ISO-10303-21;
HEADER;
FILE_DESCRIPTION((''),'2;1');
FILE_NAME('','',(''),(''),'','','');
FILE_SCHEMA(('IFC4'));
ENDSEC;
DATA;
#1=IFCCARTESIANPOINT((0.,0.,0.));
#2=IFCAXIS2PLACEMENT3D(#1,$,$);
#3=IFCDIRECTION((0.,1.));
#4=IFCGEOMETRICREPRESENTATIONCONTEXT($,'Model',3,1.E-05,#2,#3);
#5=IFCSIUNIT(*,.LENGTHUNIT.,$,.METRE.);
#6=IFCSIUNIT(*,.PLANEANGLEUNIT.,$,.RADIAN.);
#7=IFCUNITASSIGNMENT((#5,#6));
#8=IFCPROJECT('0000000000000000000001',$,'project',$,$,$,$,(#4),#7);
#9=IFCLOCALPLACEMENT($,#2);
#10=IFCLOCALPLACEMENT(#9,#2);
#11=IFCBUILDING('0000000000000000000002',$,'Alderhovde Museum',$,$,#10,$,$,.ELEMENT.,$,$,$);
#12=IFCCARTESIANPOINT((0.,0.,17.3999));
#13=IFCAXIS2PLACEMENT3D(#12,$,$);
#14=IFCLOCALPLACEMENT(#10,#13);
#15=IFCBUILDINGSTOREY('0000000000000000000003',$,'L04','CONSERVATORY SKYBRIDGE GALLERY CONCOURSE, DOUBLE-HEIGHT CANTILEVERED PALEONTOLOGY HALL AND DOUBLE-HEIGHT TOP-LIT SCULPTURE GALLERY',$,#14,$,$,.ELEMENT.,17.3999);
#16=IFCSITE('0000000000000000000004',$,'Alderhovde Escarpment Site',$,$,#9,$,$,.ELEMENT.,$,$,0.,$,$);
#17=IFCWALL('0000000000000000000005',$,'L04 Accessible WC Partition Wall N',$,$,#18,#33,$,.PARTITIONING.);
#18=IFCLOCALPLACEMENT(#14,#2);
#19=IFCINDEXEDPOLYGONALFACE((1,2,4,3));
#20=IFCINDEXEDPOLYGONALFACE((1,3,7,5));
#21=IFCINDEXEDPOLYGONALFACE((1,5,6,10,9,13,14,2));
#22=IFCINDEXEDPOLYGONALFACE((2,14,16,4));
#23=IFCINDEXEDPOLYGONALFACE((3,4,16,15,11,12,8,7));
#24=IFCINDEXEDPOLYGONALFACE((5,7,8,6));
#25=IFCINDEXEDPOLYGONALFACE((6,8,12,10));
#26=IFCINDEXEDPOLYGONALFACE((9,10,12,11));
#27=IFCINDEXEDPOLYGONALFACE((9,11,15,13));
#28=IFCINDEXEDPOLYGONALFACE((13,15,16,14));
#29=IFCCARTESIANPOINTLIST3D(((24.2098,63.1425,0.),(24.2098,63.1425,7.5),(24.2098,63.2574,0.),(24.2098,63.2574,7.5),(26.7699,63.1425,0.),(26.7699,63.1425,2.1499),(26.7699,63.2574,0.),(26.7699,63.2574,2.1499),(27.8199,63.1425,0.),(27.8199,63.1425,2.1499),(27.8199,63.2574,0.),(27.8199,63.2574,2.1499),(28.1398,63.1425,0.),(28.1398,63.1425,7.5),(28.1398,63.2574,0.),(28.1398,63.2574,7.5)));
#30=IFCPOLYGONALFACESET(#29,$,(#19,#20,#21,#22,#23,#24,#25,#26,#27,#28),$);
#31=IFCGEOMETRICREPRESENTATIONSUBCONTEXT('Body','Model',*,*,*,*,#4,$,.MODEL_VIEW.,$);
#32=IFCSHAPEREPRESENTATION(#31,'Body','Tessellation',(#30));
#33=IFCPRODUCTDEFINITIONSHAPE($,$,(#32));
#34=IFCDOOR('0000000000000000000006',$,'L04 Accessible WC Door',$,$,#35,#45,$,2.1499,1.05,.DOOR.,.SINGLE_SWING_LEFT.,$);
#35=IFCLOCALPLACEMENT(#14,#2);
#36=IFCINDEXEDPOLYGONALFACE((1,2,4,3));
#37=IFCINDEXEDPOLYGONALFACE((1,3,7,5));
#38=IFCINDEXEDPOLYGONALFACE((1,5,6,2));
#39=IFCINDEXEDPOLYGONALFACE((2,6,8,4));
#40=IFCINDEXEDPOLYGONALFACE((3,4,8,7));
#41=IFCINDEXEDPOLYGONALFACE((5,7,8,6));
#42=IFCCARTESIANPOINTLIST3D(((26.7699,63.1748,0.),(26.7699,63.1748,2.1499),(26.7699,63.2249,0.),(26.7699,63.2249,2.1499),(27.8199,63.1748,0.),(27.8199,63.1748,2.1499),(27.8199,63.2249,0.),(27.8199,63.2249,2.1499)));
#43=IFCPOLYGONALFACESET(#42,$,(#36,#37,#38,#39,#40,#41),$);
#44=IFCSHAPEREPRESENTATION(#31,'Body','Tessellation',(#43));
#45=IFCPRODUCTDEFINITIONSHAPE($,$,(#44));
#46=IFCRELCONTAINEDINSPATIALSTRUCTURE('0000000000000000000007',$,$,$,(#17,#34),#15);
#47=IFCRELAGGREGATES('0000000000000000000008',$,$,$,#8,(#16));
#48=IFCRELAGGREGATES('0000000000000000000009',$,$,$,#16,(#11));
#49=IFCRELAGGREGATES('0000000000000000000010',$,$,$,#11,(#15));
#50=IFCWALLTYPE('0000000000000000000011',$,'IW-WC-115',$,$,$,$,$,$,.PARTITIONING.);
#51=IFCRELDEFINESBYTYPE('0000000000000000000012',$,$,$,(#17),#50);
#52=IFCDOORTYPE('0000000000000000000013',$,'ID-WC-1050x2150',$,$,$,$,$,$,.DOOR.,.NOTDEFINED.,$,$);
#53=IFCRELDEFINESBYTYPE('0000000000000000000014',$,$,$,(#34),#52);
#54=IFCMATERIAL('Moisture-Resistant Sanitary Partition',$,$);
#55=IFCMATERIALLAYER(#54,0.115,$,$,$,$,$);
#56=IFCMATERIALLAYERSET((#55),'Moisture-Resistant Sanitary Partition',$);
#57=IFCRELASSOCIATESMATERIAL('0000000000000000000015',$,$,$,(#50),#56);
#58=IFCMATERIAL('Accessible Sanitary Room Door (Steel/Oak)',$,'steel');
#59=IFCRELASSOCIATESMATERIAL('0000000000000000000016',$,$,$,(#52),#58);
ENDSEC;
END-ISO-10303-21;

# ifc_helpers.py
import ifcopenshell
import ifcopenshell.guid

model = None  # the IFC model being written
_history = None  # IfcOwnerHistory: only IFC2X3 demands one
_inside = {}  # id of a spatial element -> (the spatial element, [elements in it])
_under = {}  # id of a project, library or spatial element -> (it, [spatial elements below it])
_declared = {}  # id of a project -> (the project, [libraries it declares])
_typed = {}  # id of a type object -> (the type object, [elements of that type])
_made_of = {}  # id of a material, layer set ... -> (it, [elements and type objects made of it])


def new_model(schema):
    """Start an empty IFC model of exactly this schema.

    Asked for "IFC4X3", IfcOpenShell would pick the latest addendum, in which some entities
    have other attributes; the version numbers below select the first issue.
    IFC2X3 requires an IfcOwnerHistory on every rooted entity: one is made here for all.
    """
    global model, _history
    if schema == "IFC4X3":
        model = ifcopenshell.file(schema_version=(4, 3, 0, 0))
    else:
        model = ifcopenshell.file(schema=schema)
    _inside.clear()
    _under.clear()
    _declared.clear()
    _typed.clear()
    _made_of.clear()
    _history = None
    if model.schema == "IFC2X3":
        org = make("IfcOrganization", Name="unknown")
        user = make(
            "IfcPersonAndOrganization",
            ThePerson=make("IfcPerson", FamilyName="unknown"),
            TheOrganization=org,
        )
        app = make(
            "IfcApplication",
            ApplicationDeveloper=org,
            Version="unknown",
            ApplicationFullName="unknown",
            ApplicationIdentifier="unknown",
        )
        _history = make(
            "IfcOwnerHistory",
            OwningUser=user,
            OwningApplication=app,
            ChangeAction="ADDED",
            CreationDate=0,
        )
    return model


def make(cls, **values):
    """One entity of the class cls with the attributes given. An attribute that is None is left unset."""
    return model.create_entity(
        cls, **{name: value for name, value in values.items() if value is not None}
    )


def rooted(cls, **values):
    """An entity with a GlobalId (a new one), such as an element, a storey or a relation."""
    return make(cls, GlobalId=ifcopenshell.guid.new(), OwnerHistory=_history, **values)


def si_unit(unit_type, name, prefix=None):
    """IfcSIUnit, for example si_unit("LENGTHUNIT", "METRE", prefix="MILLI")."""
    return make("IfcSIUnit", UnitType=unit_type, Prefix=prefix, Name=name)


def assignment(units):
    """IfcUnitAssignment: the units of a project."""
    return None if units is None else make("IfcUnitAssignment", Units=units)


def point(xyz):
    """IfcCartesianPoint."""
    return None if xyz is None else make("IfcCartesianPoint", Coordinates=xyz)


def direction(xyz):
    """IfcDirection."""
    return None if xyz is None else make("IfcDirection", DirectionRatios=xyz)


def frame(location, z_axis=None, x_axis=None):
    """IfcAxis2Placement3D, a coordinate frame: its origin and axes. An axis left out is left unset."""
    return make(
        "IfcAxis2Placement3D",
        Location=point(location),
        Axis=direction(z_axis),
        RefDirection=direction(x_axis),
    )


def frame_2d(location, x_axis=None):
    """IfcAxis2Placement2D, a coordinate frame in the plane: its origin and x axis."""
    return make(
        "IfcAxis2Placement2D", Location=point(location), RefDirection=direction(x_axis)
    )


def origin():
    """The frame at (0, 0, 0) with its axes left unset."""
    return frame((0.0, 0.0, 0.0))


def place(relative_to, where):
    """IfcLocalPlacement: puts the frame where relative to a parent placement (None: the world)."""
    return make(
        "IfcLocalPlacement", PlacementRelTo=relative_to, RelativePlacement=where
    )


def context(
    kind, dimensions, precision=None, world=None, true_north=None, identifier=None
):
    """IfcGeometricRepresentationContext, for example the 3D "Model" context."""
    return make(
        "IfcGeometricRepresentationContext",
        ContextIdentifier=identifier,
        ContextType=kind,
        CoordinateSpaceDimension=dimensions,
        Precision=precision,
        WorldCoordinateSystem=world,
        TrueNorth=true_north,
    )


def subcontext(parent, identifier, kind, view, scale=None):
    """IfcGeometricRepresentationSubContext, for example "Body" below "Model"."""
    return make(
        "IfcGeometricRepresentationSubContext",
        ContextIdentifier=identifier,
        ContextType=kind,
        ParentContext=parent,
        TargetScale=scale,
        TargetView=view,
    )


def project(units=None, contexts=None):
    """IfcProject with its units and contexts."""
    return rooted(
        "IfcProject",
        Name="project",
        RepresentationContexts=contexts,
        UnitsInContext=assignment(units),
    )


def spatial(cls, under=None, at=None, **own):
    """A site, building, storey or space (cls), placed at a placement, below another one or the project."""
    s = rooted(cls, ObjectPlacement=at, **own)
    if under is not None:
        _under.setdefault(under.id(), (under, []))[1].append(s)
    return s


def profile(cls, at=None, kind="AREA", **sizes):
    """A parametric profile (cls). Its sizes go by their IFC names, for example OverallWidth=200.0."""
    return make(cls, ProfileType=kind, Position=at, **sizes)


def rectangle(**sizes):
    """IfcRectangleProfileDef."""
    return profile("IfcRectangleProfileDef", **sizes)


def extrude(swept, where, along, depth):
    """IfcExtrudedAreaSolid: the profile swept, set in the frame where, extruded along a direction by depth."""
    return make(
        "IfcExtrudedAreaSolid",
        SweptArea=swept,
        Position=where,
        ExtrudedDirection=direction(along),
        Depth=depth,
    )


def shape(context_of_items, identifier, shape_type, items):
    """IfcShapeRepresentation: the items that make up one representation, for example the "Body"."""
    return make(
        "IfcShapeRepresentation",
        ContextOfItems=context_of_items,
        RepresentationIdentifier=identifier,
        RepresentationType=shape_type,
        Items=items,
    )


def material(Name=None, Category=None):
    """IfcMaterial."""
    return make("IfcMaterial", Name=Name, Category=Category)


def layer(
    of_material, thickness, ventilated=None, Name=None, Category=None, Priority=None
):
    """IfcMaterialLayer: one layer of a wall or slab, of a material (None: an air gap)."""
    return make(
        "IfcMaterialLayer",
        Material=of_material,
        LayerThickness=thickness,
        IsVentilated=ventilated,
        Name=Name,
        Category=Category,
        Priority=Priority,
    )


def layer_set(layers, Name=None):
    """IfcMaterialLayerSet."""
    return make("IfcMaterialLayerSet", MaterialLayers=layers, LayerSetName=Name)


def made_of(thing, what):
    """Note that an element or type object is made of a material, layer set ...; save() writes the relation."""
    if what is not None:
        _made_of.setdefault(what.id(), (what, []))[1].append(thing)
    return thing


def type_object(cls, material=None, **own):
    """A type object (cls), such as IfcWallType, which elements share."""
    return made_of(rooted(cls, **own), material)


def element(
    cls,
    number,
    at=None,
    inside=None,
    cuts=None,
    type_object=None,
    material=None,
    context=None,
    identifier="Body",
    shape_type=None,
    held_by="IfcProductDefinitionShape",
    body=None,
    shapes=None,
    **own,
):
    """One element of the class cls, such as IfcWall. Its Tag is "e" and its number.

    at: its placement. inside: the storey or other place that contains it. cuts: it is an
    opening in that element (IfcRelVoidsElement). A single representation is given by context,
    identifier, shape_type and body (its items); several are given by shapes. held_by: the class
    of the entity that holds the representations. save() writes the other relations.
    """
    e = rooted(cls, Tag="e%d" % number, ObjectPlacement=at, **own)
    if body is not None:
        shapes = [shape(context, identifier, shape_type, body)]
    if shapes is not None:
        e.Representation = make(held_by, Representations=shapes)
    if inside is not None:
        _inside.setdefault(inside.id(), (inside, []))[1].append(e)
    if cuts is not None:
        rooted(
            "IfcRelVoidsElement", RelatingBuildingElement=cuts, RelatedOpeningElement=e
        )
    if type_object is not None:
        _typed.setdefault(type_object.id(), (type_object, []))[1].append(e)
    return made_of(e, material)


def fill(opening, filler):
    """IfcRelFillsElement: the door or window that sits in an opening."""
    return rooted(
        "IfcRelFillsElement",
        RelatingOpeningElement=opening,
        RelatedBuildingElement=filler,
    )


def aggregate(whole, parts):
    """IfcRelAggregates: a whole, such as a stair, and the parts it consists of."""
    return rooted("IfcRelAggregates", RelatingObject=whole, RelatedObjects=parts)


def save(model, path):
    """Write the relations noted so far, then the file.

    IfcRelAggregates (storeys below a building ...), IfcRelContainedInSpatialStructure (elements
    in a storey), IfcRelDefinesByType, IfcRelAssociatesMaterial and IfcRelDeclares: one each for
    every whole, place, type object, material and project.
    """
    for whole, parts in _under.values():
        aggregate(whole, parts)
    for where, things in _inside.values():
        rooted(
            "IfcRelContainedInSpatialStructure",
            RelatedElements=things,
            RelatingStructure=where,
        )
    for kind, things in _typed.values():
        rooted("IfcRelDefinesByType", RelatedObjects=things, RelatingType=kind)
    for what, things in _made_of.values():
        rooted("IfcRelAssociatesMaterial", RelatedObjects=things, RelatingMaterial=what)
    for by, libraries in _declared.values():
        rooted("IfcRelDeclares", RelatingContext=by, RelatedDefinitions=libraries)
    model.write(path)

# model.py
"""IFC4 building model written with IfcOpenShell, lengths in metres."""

from ifc_helpers import new_model, si_unit, direction, frame, frame_2d, origin, place, context, subcontext, project, spatial, rectangle, extrude, material, layer, layer_set, type_object, element, fill, save


model = new_model("IFC4")

# Units and contexts
model_context = context("Model", 3, precision=1e-05, world=origin(), true_north=direction((0.0, 1.0)))
body_context = subcontext(model_context, "Body", "Model", "MODEL_VIEW")
ifc_project = project(units=[si_unit("LENGTHUNIT", "METRE"), si_unit("PLANEANGLEUNIT", "RADIAN")], contexts=[model_context])

# Site, building, storey
site_placement = place(None, origin())
site = spatial("IfcSite", under=ifc_project, at=site_placement, Name="Alderhovde Escarpment Site", CompositionType="ELEMENT", RefElevation=0.0)
building_placement = place(site_placement, origin())
building = spatial("IfcBuilding", under=site, at=building_placement, Name="Alderhovde Museum", CompositionType="ELEMENT")
storey_placement = place(building_placement, frame((0.0, 0.0, 17.3999)))
storey = spatial("IfcBuildingStorey", under=building, at=storey_placement, Name="L04", Description="CONSERVATORY SKYBRIDGE GALLERY CONCOURSE, DOUBLE-HEIGHT CANTILEVERED PALEONTOLOGY HALL AND DOUBLE-HEIGHT TOP-LIT SCULPTURE GALLERY", CompositionType="ELEMENT", Elevation=17.3999)

# Wall, opening, door
ifc_material_1 = material(Name="Moisture-Resistant Sanitary Partition")
ifc_layer_1 = layer(ifc_material_1, 0.115)
ifc_layer_set_1 = layer_set([ifc_layer_1], Name="Moisture-Resistant Sanitary Partition")
wall_type_1 = type_object("IfcWallType", Name="IW-WC-115", PredefinedType="PARTITIONING", material=ifc_layer_set_1)
wall_1_placement = place(storey_placement, frame((24.21, 63.2, 0.0), z_axis=(0.0, 0.0, 1.0), x_axis=(1.0, 0.0, 0.0)))
wall_1 = element("IfcWall", 1, at=wall_1_placement, inside=storey, type_object=wall_type_1, Name="L04 Accessible WC Partition Wall N", PredefinedType="PARTITIONING", context=body_context, shape_type="SweptSolid", body=[
    extrude(rectangle(XDim=3.9299, YDim=0.115, at=frame_2d((1.9648, 0.0))), origin(), (0.0, 0.0, 1.0), 7.5),
])
opening_1_placement = place(wall_1_placement, frame((2.5601, 0.0, 0.0)))
opening_1 = element("IfcOpeningElement", 2, at=opening_1_placement, cuts=wall_1, PredefinedType="OPENING", context=body_context, shape_type="SweptSolid", body=[
    extrude(rectangle(XDim=1.05, YDim=2.1499, at=frame_2d((0.5249, 1.075))), frame((0.0, 0.0674, 0.0), z_axis=(0.0, -1.0, 0.0), x_axis=(1.0, 0.0, 0.0)), (0.0, 0.0, 1.0), 0.135),
])
ifc_material_2 = material(Name="Accessible Sanitary Room Door (Steel/Oak)", Category="steel")
door_type_1 = type_object("IfcDoorType", Name="ID-WC-1050x2150", OperationType="NOTDEFINED", PredefinedType="DOOR", material=ifc_material_2)
door_1_placement = place(opening_1_placement, origin())
door_1 = element("IfcDoor", 3, at=door_1_placement, inside=storey, type_object=door_type_1, Name="L04 Accessible WC Door", OperationType="SINGLE_SWING_LEFT", OverallHeight=2.1499, OverallWidth=1.05, PredefinedType="DOOR", context=body_context, shape_type="SweptSolid", body=[
    extrude(rectangle(XDim=1.05, YDim=2.1499, at=frame_2d((0.5249, 1.075))), frame((0.0, 0.0249, 0.0), z_axis=(0.0, -1.0, 0.0), x_axis=(1.0, 0.0, 0.0)), (0.0, 0.0, 1.0), 0.05),
])
fill(opening_1, door_1)

save(model, "model.ifc")
